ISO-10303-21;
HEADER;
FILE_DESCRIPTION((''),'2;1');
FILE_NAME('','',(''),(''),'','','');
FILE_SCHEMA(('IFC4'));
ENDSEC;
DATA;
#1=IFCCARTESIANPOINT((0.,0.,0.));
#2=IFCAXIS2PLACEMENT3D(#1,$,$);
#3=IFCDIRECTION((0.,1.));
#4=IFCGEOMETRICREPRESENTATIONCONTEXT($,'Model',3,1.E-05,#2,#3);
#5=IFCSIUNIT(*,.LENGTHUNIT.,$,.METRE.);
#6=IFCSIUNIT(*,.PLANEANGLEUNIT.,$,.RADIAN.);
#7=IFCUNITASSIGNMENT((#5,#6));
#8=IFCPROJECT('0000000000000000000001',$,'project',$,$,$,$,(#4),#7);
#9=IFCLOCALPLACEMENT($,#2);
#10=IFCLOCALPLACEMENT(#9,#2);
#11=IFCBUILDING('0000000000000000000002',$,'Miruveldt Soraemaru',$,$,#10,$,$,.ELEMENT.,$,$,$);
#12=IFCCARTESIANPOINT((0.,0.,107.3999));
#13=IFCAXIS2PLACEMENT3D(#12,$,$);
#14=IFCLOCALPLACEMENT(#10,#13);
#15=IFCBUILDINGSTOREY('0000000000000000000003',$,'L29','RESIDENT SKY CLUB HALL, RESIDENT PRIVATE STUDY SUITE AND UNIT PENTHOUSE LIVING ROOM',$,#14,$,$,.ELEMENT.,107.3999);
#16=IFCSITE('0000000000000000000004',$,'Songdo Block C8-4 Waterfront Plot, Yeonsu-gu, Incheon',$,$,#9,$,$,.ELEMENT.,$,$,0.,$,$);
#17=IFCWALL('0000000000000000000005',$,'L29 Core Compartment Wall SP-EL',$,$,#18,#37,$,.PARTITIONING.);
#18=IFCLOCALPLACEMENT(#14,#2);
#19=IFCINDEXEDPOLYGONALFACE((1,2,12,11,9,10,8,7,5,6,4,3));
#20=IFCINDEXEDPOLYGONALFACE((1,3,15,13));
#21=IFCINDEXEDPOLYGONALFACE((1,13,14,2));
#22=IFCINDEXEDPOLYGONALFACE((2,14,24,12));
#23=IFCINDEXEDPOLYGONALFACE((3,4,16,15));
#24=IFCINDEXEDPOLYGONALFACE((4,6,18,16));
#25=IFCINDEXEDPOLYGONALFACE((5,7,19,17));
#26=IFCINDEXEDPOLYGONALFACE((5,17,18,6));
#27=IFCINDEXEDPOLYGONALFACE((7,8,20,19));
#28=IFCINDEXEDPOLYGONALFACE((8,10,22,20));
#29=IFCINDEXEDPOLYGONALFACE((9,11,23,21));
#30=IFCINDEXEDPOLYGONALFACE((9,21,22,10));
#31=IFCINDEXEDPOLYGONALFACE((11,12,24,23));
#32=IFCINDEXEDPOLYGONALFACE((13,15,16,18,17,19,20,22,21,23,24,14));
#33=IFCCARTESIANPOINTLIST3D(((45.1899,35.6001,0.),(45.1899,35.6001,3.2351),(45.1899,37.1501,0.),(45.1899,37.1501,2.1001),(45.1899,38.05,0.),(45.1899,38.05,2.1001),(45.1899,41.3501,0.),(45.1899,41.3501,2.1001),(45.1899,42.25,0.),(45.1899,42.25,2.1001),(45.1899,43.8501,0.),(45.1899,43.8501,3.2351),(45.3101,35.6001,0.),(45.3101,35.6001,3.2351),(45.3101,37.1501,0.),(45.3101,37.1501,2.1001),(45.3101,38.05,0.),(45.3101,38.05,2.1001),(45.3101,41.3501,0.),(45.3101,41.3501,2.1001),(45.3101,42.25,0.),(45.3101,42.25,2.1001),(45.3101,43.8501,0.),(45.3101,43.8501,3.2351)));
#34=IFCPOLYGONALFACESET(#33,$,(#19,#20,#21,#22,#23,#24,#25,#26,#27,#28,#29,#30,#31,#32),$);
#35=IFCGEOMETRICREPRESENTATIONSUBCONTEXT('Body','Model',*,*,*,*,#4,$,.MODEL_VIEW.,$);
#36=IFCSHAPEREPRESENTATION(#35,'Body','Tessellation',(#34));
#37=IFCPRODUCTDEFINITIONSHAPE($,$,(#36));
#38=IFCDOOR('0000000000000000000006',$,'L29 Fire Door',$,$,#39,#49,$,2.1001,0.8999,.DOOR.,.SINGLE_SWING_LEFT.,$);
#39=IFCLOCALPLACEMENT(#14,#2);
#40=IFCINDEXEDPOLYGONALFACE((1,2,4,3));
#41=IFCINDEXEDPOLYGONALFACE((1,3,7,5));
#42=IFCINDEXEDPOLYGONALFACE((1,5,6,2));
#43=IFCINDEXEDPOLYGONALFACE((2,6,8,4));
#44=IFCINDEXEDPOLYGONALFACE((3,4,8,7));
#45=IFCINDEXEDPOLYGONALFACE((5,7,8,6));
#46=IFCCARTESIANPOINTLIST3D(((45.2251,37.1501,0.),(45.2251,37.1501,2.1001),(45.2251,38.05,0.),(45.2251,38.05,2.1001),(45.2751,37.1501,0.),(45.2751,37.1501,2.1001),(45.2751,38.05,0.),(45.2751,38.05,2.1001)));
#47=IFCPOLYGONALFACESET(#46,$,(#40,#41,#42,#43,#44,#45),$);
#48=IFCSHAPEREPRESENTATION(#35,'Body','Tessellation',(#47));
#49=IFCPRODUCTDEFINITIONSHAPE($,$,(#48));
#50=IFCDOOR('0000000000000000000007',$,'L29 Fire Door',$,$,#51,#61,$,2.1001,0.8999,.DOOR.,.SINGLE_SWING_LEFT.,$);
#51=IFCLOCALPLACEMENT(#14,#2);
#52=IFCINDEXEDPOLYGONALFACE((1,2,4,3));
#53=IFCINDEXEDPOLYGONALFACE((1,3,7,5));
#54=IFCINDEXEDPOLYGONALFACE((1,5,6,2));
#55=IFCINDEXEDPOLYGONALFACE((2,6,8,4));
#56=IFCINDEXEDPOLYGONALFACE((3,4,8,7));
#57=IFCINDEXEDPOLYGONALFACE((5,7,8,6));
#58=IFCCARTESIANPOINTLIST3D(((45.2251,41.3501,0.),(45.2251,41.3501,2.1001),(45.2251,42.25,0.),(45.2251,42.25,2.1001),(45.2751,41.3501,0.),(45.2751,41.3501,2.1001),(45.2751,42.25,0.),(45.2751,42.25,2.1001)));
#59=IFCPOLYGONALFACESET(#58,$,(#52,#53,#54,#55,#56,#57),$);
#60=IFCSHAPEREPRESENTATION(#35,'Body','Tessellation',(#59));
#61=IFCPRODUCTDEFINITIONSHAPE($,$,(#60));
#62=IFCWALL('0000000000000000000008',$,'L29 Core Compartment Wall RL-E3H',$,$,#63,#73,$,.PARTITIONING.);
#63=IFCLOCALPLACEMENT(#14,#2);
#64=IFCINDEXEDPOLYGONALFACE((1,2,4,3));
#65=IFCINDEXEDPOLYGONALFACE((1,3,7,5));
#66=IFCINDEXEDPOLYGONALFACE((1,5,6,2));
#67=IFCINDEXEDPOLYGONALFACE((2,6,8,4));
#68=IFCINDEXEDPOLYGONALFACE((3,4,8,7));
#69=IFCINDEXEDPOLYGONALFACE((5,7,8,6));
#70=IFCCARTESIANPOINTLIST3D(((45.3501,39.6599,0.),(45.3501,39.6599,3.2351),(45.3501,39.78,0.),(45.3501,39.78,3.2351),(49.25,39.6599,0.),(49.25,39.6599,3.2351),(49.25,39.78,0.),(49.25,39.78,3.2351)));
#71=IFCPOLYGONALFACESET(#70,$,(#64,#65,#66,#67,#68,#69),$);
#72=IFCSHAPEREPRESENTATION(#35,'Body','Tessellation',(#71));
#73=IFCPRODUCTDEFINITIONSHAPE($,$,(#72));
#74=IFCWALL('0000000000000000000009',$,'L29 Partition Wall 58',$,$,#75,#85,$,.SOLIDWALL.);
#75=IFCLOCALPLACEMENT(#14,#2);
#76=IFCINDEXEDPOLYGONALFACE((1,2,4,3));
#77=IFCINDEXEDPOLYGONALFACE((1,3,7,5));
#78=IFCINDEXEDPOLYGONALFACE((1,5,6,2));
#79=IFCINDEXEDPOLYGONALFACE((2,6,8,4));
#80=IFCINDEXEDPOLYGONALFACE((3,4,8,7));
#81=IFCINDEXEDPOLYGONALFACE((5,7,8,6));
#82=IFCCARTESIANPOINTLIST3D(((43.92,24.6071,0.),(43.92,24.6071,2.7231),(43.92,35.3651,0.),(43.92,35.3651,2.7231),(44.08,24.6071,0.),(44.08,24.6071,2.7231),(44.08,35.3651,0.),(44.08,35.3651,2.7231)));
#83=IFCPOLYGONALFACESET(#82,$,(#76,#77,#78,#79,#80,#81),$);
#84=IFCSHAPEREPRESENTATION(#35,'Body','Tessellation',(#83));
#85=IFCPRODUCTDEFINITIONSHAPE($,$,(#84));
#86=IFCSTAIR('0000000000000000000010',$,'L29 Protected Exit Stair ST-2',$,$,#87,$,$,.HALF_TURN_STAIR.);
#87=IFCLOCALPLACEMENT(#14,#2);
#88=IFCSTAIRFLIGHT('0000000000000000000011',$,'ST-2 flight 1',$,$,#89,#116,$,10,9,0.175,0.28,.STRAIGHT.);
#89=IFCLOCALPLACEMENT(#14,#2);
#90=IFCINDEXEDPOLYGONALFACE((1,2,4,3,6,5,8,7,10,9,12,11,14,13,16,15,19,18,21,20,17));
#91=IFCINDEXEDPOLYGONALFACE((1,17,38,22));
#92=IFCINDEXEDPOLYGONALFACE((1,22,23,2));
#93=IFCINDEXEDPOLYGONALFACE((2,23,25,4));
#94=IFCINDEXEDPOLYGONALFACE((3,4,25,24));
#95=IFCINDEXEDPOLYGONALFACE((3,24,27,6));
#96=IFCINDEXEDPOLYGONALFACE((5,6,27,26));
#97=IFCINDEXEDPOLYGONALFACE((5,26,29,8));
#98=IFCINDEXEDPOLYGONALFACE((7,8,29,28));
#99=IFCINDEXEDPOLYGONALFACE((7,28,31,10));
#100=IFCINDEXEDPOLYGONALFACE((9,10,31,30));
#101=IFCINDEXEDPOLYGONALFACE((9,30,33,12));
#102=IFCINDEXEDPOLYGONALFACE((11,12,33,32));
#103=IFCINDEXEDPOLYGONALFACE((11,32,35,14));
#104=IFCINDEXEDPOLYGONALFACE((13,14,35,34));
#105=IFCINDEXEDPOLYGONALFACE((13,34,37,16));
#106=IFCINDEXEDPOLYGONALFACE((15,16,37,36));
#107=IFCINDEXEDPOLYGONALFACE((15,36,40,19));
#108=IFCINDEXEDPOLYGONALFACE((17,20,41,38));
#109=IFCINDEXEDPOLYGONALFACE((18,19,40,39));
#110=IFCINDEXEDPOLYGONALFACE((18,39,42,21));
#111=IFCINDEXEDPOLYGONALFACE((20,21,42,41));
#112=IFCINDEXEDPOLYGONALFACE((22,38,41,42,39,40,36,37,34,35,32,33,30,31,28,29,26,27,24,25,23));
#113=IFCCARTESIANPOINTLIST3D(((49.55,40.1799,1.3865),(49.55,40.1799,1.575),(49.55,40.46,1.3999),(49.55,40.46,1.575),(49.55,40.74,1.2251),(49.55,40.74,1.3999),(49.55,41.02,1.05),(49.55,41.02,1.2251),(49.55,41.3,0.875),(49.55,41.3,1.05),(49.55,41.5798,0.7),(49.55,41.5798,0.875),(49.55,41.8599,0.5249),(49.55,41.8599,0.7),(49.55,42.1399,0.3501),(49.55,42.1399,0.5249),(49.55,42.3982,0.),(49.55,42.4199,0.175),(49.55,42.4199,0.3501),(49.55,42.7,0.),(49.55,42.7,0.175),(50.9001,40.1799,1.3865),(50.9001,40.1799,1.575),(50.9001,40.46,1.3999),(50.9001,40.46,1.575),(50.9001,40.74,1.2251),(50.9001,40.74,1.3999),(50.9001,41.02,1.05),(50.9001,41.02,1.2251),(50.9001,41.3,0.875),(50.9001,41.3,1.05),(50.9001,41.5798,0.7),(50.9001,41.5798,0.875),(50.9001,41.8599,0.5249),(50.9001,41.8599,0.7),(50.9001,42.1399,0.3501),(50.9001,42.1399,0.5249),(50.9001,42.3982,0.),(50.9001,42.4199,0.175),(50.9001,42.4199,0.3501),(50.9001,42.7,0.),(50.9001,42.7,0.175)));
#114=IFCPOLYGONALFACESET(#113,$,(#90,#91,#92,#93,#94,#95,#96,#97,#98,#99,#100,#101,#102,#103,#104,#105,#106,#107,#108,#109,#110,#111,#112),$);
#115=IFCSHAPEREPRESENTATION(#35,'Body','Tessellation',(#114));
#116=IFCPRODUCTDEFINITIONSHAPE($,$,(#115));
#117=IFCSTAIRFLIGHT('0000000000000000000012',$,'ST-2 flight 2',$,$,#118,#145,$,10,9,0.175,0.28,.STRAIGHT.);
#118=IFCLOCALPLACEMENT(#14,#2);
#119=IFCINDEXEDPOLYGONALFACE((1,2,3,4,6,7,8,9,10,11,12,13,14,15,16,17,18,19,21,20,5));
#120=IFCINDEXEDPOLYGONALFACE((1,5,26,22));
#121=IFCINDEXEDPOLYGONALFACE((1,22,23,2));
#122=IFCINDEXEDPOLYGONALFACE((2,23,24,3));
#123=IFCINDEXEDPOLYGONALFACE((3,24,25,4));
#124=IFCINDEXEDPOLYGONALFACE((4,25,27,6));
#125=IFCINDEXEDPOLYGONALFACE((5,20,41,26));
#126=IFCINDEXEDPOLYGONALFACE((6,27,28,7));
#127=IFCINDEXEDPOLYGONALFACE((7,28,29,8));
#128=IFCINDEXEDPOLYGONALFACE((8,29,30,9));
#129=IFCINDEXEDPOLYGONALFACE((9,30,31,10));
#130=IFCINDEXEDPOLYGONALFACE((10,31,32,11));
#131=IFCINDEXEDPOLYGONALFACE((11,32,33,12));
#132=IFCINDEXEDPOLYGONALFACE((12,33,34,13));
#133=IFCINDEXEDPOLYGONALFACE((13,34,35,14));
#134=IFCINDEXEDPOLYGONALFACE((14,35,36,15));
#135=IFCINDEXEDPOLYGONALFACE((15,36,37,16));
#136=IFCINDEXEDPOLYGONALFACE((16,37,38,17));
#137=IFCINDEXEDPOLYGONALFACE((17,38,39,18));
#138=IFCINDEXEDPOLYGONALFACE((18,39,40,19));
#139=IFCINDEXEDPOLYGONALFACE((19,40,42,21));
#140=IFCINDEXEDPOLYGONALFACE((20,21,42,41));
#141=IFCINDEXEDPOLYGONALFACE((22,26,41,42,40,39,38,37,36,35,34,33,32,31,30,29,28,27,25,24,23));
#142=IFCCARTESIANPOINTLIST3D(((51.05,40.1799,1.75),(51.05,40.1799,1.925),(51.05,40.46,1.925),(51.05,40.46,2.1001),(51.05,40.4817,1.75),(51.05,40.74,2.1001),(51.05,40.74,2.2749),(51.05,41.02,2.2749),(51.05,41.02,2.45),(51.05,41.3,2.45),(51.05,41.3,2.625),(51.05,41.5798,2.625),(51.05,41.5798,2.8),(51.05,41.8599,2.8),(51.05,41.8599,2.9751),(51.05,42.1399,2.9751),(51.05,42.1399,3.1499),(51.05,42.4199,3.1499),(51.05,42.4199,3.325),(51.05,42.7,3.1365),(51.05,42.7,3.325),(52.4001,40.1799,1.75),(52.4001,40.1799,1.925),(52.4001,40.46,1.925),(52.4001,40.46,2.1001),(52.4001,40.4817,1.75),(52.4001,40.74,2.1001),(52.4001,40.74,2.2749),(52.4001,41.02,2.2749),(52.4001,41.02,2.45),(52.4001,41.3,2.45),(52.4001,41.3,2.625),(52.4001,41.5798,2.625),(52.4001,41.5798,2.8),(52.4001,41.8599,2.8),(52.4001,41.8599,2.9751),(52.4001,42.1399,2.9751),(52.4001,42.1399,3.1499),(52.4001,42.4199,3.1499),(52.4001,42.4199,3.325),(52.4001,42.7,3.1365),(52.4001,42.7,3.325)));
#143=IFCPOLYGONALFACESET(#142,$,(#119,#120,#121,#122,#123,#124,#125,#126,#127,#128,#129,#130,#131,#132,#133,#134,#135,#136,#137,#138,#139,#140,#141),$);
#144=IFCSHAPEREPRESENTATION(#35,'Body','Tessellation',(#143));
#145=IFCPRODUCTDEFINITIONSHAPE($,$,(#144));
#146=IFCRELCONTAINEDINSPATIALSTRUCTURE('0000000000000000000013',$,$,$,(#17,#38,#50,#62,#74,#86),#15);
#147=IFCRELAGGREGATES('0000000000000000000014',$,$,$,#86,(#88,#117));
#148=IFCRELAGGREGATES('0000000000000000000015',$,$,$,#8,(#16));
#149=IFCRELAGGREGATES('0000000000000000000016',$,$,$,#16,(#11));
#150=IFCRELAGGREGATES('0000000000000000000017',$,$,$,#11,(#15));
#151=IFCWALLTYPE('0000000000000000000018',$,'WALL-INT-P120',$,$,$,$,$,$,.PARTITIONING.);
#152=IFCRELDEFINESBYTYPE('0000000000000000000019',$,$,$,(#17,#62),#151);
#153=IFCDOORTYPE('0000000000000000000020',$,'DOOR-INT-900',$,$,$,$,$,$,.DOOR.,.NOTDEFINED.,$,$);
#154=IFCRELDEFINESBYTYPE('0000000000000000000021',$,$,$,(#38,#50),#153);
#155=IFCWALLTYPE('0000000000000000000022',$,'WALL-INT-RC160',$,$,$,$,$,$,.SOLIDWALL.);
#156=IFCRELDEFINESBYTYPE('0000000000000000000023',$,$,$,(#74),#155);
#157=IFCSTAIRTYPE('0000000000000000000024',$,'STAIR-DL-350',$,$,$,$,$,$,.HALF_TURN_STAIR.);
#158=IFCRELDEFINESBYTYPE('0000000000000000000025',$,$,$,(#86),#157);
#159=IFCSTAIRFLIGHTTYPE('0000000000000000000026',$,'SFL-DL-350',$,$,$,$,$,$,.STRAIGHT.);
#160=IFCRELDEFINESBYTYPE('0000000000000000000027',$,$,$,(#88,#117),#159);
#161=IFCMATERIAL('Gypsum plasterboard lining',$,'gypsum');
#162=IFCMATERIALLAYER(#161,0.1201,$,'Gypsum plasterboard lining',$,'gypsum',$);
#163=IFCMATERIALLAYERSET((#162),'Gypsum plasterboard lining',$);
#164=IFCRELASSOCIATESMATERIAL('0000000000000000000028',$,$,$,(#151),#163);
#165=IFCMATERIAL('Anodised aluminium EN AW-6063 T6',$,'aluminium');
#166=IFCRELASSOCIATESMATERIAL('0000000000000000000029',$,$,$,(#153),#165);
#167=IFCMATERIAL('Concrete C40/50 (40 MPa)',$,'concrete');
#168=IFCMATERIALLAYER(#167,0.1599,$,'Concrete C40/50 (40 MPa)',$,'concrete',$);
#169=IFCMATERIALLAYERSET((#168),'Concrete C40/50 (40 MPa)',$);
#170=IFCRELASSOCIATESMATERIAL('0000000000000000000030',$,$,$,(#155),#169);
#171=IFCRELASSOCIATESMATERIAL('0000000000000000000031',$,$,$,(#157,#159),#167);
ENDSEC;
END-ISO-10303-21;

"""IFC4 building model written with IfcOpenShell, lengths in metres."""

from ifc_helpers import new_model, si_unit, direction, frame, frame_2d, origin, place, context, subcontext, project, spatial, polyline, rectangle, outline, extrude, material, layer, layer_set, type_object, element, fill, aggregate, save


model = new_model("IFC4")

# Units and contexts
model_context = context("Model", 3, precision=1e-05, world=origin(), true_north=direction((0.0, 1.0)))
body_context = subcontext(model_context, "Body", "Model", "MODEL_VIEW")
ifc_project = project(units=[si_unit("LENGTHUNIT", "METRE"), si_unit("PLANEANGLEUNIT", "RADIAN")], contexts=[model_context])

# Site, building, storey
site_placement = place(None, origin())
site = spatial("IfcSite", under=ifc_project, at=site_placement, Name="Songdo Block C8-4 Waterfront Plot, Yeonsu-gu, Incheon", CompositionType="ELEMENT", RefElevation=0.0)
building_placement = place(site_placement, origin())
building = spatial("IfcBuilding", under=site, at=building_placement, Name="Miruveldt Soraemaru", CompositionType="ELEMENT")
storey_placement = place(building_placement, frame((0.0, 0.0, 107.3999)))
storey = spatial("IfcBuildingStorey", under=building, at=storey_placement, Name="L29", Description="RESIDENT SKY CLUB HALL, RESIDENT PRIVATE STUDY SUITE AND UNIT PENTHOUSE LIVING ROOM", CompositionType="ELEMENT", Elevation=107.3999)

# Wall, openings, doors
ifc_material_1 = material(Name="Gypsum plasterboard lining", Category="gypsum")
ifc_layer_1 = layer(ifc_material_1, 0.1201, Name="Gypsum plasterboard lining", Category="gypsum")
ifc_layer_set_1 = layer_set([ifc_layer_1], Name="Gypsum plasterboard lining")
wall_type_1 = type_object("IfcWallType", Name="WALL-INT-P120", PredefinedType="PARTITIONING", material=ifc_layer_set_1)
wall_1_placement = place(storey_placement, frame((45.25, 35.6001, 0.0), z_axis=(0.0, 0.0, 1.0), x_axis=(0.0, 1.0, 0.0)))
wall_1 = element("IfcWall", 1, at=wall_1_placement, inside=storey, type_object=wall_type_1, Name="L29 Core Compartment Wall SP-EL", PredefinedType="PARTITIONING", context=body_context, shape_type="SweptSolid", body=[
    extrude(rectangle(XDim=8.25, YDim=0.1201, at=frame_2d((4.125, 0.0))), origin(), (0.0, 0.0, 1.0), 3.2351),
])
opening_1_placement = place(wall_1_placement, frame((1.55, 0.0, 0.0)))
opening_1 = element("IfcOpeningElement", 2, at=opening_1_placement, cuts=wall_1, PredefinedType="OPENING", context=body_context, shape_type="SweptSolid", body=[
    extrude(rectangle(XDim=0.8999, YDim=2.1001, at=frame_2d((0.45, 1.05))), frame((0.0, 0.0701, 0.0), z_axis=(0.0, -1.0, 0.0), x_axis=(1.0, 0.0, 0.0)), (0.0, 0.0, 1.0), 0.1401),
])
opening_2_placement = place(wall_1_placement, frame((5.75, 0.0, 0.0)))
opening_2 = element("IfcOpeningElement", 3, at=opening_2_placement, cuts=wall_1, PredefinedType="OPENING", context=body_context, shape_type="SweptSolid", body=[
    extrude(rectangle(XDim=0.8999, YDim=2.1001, at=frame_2d((0.45, 1.05))), frame((0.0, 0.0701, 0.0), z_axis=(0.0, -1.0, 0.0), x_axis=(1.0, 0.0, 0.0)), (0.0, 0.0, 1.0), 0.1401),
])
ifc_material_2 = material(Name="Anodised aluminium EN AW-6063 T6", Category="aluminium")
door_type = type_object("IfcDoorType", Name="DOOR-INT-900", OperationType="NOTDEFINED", PredefinedType="DOOR", material=ifc_material_2)
door_1_placement = place(opening_1_placement, origin())
door_1 = element("IfcDoor", 4, at=door_1_placement, inside=storey, type_object=door_type, Name="L29 Fire Door", OperationType="SINGLE_SWING_LEFT", OverallHeight=2.1001, OverallWidth=0.8999, PredefinedType="DOOR", context=body_context, shape_type="SweptSolid", body=[
    extrude(rectangle(XDim=0.8999, YDim=2.1001, at=frame_2d((0.45, 1.05))), frame((0.0, 0.0249, 0.0), z_axis=(0.0, -1.0, 0.0), x_axis=(1.0, 0.0, 0.0)), (0.0, 0.0, 1.0), 0.05),
])
fill(opening_1, door_1)
door_2_placement = place(opening_2_placement, origin())
door_2 = element("IfcDoor", 5, at=door_2_placement, inside=storey, type_object=door_type, Name="L29 Fire Door", OperationType="SINGLE_SWING_LEFT", OverallHeight=2.1001, OverallWidth=0.8999, PredefinedType="DOOR", context=body_context, shape_type="SweptSolid", body=[
    extrude(rectangle(XDim=0.8999, YDim=2.1001, at=frame_2d((0.45, 1.05))), frame((0.0, 0.0249, 0.0), z_axis=(0.0, -1.0, 0.0), x_axis=(1.0, 0.0, 0.0)), (0.0, 0.0, 1.0), 0.05),
])
fill(opening_2, door_2)

# Walls
wall_2_placement = place(storey_placement, frame((45.3501, 39.72, 0.0), z_axis=(0.0, 0.0, 1.0), x_axis=(1.0, 0.0, 0.0)))
element("IfcWall", 6, at=wall_2_placement, inside=storey, type_object=wall_type_1, Name="L29 Core Compartment Wall RL-E3H", PredefinedType="PARTITIONING", context=body_context, shape_type="SweptSolid", body=[
    extrude(rectangle(XDim=3.8999, YDim=0.1201, at=frame_2d((1.95, 0.0))), origin(), (0.0, 0.0, 1.0), 3.2351),
])
ifc_material_3 = material(Name="Concrete C40/50 (40 MPa)", Category="concrete")
ifc_layer_2 = layer(ifc_material_3, 0.1599, Name="Concrete C40/50 (40 MPa)", Category="concrete")
ifc_layer_set_2 = layer_set([ifc_layer_2], Name="Concrete C40/50 (40 MPa)")
wall_type_2 = type_object("IfcWallType", Name="WALL-INT-RC160", PredefinedType="SOLIDWALL", material=ifc_layer_set_2)
wall_3_placement = place(storey_placement, frame((44.0, 35.365, 0.0), z_axis=(0.0, 0.0, 1.0), x_axis=(0.0, -1.0, 0.0)))
element("IfcWall", 7, at=wall_3_placement, inside=storey, type_object=wall_type_2, Name="L29 Partition Wall 58", PredefinedType="SOLIDWALL", context=body_context, shape_type="SweptSolid", body=[
    extrude(rectangle(XDim=10.7581, YDim=0.1599, at=frame_2d((5.3789, 0.0))), origin(), (0.0, 0.0, 1.0), 2.7231),
])

# Stair, stair flights
stair_type = type_object("IfcStairType", Name="STAIR-DL-350", PredefinedType="HALF_TURN_STAIR", material=ifc_material_3)
stair_placement = place(storey_placement, origin())
stair = element("IfcStair", 8, at=stair_placement, inside=storey, type_object=stair_type, Name="L29 Protected Exit Stair ST-2", PredefinedType="HALF_TURN_STAIR")
stair_flight_type = type_object("IfcStairFlightType", Name="SFL-DL-350", PredefinedType="STRAIGHT", material=ifc_material_3)
stair_flight_1_placement = place(storey_placement, frame((50.2251, 42.7, 0.0), z_axis=(0.0, 0.0, 1.0), x_axis=(0.0, -1.0, 0.0)))
stair_flight_1 = element("IfcStairFlight", 9, at=stair_flight_1_placement, type_object=stair_flight_type, Name="ST-2 flight 1", NumberOfRisers=10, NumberOfTreads=9, PredefinedType="STRAIGHT", RiserHeight=0.175, TreadLength=0.28, context=body_context, shape_type="SweptSolid", body=[
    extrude(outline(polyline([(0.0, 0.0), (0.0, 0.175), (0.28, 0.175), (0.28, 0.3501), (0.5601, 0.3501), (0.5601, 0.5249), (0.8401, 0.5249), (0.8401, 0.7), (1.1201, 0.7), (1.1201, 0.875), (1.3999, 0.875), (1.3999, 1.05), (1.6799, 1.05), (1.6799, 1.2251), (1.96, 1.2251), (1.96, 1.3999), (2.24, 1.3999), (2.24, 1.575), (2.52, 1.575), (2.52, 1.75), (2.52, 1.3865), (0.3018, 0.0), (0.0, 0.0)])), frame((0.0, 0.675, 0.0), z_axis=(0.0, -1.0, 0.0), x_axis=(1.0, 0.0, 0.0)), (0.0, 0.0, 1.0), 1.3501),
])
stair_flight_2_placement = place(storey_placement, frame((51.7251, 40.1799, 1.75), z_axis=(0.0, 0.0, 1.0), x_axis=(0.0, 1.0, 0.0)))
stair_flight_2 = element("IfcStairFlight", 10, at=stair_flight_2_placement, type_object=stair_flight_type, Name="ST-2 flight 2", NumberOfRisers=10, NumberOfTreads=9, PredefinedType="STRAIGHT", RiserHeight=0.175, TreadLength=0.28, context=body_context, shape_type="SweptSolid", body=[
    extrude(outline(polyline([(0.0, 0.0), (0.0, 0.175), (0.28, 0.175), (0.28, 0.3501), (0.5601, 0.3501), (0.5601, 0.5249), (0.8401, 0.5249), (0.8401, 0.7), (1.1201, 0.7), (1.1201, 0.875), (1.3999, 0.875), (1.3999, 1.05), (1.6799, 1.05), (1.6799, 1.2251), (1.96, 1.2251), (1.96, 1.3999), (2.24, 1.3999), (2.24, 1.575), (2.52, 1.575), (2.52, 1.75), (2.52, 1.3865), (0.3018, 0.0), (0.0, 0.0)])), frame((0.0, 0.675, 0.0), z_axis=(0.0, -1.0, 0.0), x_axis=(1.0, 0.0, 0.0)), (0.0, 0.0, 1.0), 1.3501),
])
aggregate(stair, [stair_flight_1, stair_flight_2])

save(model, "model.ifc")
